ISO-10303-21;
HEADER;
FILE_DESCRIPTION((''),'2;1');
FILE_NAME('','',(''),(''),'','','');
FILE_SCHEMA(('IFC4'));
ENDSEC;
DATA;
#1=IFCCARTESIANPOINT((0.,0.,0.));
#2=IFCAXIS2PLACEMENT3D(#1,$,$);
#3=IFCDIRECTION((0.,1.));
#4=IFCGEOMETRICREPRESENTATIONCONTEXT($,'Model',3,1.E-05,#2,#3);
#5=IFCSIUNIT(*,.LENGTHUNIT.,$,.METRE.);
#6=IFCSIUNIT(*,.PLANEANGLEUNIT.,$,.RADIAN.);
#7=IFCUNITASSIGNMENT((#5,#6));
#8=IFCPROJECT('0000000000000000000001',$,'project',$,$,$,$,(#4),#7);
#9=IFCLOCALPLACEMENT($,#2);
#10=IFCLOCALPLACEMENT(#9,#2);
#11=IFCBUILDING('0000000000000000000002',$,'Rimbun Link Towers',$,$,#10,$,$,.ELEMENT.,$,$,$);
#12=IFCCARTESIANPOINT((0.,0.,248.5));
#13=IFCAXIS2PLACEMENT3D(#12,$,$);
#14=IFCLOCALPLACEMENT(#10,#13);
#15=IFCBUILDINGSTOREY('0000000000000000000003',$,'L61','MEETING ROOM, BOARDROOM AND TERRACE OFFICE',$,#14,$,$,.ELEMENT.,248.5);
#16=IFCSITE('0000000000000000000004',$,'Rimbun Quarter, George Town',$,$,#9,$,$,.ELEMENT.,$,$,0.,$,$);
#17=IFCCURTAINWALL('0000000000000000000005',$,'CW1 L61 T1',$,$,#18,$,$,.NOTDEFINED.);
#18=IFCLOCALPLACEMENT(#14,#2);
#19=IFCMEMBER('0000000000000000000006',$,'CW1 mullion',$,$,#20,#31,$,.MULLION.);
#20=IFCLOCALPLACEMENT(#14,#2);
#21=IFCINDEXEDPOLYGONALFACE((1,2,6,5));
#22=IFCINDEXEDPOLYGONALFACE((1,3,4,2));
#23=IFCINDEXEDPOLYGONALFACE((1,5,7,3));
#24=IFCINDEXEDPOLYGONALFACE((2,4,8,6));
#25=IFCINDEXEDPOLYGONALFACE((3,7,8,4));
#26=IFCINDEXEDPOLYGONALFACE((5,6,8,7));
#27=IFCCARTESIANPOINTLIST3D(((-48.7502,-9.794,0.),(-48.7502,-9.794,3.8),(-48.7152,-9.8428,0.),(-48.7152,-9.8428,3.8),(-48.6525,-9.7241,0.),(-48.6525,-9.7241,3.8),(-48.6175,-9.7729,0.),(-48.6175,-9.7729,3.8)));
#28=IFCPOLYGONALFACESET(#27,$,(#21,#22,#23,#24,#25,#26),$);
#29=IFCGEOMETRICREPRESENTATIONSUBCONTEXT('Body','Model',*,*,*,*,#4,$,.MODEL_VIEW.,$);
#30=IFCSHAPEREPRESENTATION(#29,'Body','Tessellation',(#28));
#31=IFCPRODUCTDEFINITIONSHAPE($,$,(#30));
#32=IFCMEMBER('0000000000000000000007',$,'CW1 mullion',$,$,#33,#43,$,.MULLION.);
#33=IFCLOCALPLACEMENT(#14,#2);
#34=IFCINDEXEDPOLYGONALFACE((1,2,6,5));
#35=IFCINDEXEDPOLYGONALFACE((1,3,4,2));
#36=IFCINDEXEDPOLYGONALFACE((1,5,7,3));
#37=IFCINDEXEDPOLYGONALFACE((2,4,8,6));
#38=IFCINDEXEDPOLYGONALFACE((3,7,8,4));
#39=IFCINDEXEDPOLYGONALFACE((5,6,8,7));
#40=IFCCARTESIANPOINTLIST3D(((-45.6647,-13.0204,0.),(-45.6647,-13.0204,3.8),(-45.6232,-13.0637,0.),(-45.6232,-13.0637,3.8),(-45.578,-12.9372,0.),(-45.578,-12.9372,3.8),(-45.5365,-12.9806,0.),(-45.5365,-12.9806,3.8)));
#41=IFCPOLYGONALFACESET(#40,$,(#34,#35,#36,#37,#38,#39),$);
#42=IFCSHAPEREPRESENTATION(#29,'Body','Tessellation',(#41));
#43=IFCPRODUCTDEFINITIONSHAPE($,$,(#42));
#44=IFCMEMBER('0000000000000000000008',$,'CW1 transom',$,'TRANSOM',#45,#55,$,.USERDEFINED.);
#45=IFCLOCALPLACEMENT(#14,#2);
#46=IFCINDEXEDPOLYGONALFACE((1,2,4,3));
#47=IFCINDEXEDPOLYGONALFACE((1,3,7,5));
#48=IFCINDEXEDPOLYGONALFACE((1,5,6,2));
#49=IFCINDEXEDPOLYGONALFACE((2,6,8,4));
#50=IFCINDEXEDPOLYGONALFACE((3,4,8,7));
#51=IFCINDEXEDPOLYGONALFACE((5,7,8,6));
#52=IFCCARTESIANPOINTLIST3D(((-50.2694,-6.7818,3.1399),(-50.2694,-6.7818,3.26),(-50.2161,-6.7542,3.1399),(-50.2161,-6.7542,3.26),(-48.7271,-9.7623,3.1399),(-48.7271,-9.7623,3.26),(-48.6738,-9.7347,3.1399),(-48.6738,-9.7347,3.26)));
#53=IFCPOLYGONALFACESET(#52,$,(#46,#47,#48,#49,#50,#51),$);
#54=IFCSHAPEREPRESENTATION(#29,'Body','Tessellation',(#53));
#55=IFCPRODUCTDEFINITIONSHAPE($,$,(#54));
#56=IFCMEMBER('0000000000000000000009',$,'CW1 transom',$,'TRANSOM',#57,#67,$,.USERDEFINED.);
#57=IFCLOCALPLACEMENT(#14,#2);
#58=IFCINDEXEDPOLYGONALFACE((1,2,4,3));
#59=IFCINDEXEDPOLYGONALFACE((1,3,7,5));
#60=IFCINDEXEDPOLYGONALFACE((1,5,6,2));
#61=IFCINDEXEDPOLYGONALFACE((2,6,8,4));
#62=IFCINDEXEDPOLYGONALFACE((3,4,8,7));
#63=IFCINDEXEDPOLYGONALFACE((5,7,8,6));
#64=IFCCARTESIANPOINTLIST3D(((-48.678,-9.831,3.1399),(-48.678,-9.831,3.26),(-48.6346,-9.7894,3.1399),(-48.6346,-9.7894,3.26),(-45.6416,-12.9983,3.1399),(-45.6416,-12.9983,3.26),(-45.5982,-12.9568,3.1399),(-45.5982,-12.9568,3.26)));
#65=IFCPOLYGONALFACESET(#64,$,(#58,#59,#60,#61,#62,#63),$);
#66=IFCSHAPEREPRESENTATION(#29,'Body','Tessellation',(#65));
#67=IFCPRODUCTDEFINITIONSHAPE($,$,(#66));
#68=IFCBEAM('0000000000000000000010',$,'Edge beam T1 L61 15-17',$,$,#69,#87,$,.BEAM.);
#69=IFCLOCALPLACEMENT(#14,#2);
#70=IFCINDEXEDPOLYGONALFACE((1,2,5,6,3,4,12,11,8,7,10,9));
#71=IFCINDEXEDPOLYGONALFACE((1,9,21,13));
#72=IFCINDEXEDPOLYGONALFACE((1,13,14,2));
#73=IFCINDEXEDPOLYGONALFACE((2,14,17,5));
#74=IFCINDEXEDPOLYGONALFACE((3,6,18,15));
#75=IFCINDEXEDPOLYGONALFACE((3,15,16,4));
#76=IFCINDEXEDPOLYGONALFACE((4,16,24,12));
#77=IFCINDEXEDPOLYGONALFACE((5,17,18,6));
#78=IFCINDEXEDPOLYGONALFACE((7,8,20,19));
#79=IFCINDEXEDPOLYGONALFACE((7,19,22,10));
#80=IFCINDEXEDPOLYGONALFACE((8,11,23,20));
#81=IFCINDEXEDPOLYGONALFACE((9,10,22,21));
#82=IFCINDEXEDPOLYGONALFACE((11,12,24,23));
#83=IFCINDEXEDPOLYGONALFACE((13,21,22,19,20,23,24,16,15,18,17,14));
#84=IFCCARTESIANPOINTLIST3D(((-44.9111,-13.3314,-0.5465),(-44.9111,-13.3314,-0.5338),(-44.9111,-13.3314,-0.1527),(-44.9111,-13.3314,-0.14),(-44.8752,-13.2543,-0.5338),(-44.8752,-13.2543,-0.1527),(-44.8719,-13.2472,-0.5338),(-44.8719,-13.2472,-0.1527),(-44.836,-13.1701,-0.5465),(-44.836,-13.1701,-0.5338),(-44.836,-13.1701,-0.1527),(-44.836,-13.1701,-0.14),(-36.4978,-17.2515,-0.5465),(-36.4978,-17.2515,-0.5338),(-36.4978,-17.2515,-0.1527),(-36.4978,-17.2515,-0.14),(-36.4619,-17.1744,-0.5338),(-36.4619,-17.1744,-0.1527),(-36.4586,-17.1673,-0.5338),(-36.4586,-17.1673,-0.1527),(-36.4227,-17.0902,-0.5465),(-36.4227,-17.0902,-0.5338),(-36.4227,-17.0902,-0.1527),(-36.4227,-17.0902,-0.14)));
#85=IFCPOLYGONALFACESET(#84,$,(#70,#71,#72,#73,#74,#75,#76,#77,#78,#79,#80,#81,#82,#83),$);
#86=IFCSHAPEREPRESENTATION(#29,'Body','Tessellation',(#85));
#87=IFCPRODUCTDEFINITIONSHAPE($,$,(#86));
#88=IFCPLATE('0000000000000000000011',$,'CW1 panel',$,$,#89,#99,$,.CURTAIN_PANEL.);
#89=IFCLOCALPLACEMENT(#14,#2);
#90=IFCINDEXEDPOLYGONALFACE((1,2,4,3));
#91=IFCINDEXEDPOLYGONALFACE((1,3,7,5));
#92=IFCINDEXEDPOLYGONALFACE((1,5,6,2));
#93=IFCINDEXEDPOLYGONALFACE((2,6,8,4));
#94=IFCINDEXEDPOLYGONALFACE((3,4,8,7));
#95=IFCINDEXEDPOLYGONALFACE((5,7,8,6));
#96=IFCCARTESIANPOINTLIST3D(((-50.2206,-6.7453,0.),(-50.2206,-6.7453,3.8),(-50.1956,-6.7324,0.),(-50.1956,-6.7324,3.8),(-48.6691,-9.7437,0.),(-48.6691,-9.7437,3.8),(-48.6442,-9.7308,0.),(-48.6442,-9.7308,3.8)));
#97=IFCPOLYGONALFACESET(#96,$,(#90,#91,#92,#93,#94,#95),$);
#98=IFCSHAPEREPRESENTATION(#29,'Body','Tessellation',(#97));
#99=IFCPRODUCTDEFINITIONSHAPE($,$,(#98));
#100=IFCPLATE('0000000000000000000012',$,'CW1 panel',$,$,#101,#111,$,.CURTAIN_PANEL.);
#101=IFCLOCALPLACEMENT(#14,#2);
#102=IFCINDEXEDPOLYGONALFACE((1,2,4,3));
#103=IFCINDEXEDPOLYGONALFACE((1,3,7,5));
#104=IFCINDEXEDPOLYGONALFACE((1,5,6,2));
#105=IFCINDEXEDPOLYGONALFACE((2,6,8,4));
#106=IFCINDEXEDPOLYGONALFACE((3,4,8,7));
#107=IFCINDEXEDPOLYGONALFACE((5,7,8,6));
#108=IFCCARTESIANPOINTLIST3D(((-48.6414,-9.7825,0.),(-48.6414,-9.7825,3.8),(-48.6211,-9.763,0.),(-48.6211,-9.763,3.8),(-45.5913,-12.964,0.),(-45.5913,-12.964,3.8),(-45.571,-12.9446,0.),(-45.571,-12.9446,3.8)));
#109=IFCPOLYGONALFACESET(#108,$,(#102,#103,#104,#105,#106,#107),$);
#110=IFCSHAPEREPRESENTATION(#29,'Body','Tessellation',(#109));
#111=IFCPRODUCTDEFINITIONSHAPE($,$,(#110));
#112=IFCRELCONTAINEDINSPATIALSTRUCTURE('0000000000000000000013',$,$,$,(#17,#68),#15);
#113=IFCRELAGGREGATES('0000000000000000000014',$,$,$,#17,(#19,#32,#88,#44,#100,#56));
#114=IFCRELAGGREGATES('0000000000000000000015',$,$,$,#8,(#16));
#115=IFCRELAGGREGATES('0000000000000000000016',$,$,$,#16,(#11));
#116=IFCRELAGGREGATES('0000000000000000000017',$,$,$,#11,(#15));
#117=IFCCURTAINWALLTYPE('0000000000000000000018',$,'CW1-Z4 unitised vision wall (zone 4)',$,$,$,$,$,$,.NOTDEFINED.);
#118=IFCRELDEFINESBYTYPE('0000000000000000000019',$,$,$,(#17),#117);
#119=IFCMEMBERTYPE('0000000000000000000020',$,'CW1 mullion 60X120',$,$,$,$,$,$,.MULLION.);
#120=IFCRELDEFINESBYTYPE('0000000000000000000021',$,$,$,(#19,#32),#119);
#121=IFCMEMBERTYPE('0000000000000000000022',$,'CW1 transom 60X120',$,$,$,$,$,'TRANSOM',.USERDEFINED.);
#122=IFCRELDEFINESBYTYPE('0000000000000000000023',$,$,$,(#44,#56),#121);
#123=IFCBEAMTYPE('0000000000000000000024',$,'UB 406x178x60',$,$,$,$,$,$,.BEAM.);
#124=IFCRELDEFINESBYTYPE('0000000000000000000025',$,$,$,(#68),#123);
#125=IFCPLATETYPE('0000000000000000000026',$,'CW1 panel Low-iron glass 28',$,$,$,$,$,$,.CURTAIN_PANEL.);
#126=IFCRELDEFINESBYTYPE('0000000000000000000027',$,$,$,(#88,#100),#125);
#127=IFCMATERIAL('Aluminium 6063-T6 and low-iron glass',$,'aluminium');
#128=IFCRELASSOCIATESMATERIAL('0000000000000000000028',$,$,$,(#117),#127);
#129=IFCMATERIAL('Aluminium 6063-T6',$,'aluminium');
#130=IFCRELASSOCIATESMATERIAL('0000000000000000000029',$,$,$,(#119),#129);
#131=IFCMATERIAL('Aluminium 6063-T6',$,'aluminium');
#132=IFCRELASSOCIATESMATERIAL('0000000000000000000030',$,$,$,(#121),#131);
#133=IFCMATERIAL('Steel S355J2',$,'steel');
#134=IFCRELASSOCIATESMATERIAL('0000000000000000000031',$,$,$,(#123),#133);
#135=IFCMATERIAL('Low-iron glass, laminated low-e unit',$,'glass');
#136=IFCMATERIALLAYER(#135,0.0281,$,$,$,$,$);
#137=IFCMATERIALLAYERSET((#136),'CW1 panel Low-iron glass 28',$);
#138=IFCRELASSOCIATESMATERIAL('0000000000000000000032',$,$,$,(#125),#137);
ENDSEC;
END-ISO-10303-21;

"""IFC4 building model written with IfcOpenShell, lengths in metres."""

from ifc_helpers import new_model, si_unit, direction, frame, origin, origin_2d, place, context, subcontext, project, spatial, rectangle, i_section, extrude, material, layer, layer_set, material_profile, profile_set, type_object, element, aggregate, save


model = new_model("IFC4")

# Units and contexts
model_context = context("Model", 3, precision=1e-05, world=origin(), true_north=direction((0.0, 1.0)))
body_context = subcontext(model_context, "Body", "Model", "MODEL_VIEW")
ifc_project = project(units=[si_unit("LENGTHUNIT", "METRE"), si_unit("PLANEANGLEUNIT", "RADIAN")], contexts=[model_context])

# Site, building, storey
site_placement = place(None, origin())
site = spatial("IfcSite", under=ifc_project, at=site_placement, Name="Rimbun Quarter, George Town", CompositionType="ELEMENT", RefElevation=0.0)
building_placement = place(site_placement, origin())
building = spatial("IfcBuilding", under=site, at=building_placement, Name="Rimbun Link Towers", CompositionType="ELEMENT")
storey_placement = place(building_placement, frame((0.0, 0.0, 248.5)))
storey = spatial("IfcBuildingStorey", under=building, at=storey_placement, Name="L61", Description="MEETING ROOM, BOARDROOM AND TERRACE OFFICE", CompositionType="ELEMENT", Elevation=248.5)

# Curtain wall, members
ifc_material_1 = material(Name="Aluminium 6063-T6 and low-iron glass", Category="aluminium")
curtain_wall_type = type_object("IfcCurtainWallType", Name="CW1-Z4 unitised vision wall (zone 4)", PredefinedType="NOTDEFINED", material=ifc_material_1)
curtain_wall_placement = place(storey_placement, origin())
curtain_wall = element("IfcCurtainWall", 1, at=curtain_wall_placement, inside=storey, type_object=curtain_wall_type, Name="CW1 L61 T1", PredefinedType="NOTDEFINED")
ifc_material_2 = material(Name="Aluminium 6063-T6", Category="aluminium")
ifc_material_profile_1 = material_profile(ifc_material_2, rectangle(XDim=0.1201, YDim=0.0601, at=origin_2d()), Name="MULLION 60X120")
ifc_profile_set_1 = profile_set([ifc_material_profile_1], Name="Aluminium 6063-T6")
member_type_1 = type_object("IfcMemberType", Name="CW1 mullion 60X120", PredefinedType="MULLION", material=ifc_profile_set_1)
member_1_placement = place(storey_placement, frame((-48.6838, -9.7834, 0.0), z_axis=(0.0, 0.0, 1.0), x_axis=(-0.813354, -0.581769, 0.0)))
member_1 = element("IfcMember", 2, at=member_1_placement, type_object=member_type_1, Name="CW1 mullion", PredefinedType="MULLION", context=body_context, shape_type="SweptSolid", body=[
    extrude(rectangle(XDim=0.1201, YDim=0.0601, at=origin_2d()), origin(), (0.0, 0.0, 1.0), 3.8),
])
member_2_placement = place(storey_placement, frame((-45.6006, -13.0005, 0.0), z_axis=(0.0, 0.0, 1.0), x_axis=(-0.721858, -0.692041, 0.0)))
member_2 = element("IfcMember", 3, at=member_2_placement, type_object=member_type_1, Name="CW1 mullion", PredefinedType="MULLION", context=body_context, shape_type="SweptSolid", body=[
    extrude(rectangle(XDim=0.1201, YDim=0.0601, at=origin_2d()), origin(), (0.0, 0.0, 1.0), 3.8),
])
ifc_material_3 = material(Name="Aluminium 6063-T6", Category="aluminium")
ifc_material_profile_2 = material_profile(ifc_material_3, rectangle(XDim=0.0601, YDim=0.1201, at=origin_2d()), Name="TRANSOM 60X120")
ifc_profile_set_2 = profile_set([ifc_material_profile_2], Name="Aluminium 6063-T6")
member_type_2 = type_object("IfcMemberType", Name="CW1 transom 60X120", ElementType="TRANSOM", PredefinedType="USERDEFINED", material=ifc_profile_set_2)
member_3_placement = place(storey_placement, frame((-48.7004, -9.7485, 3.2), z_axis=(-0.459567, 0.888143, 0.0), x_axis=(-0.888143, -0.459567, 0.0)))
member_3 = element("IfcMember", 4, at=member_3_placement, type_object=member_type_2, Name="CW1 transom", ObjectType="TRANSOM", PredefinedType="USERDEFINED", context=body_context, shape_type="SweptSolid", body=[
    extrude(rectangle(XDim=0.0601, YDim=0.1201, at=origin_2d()), origin(), (0.0, 0.0, 1.0), 3.356),
])
member_4_placement = place(storey_placement, frame((-45.6199, -12.9775, 3.2), z_axis=(-0.692037, 0.721862, 0.0), x_axis=(-0.721862, -0.692037, 0.0)))
member_4 = element("IfcMember", 5, at=member_4_placement, type_object=member_type_2, Name="CW1 transom", ObjectType="TRANSOM", PredefinedType="USERDEFINED", context=body_context, shape_type="SweptSolid", body=[
    extrude(rectangle(XDim=0.0601, YDim=0.1201, at=origin_2d()), origin(), (0.0, 0.0, 1.0), 4.3877),
])

# Beam
ifc_material_4 = material(Name="Steel S355J2", Category="steel")
ifc_material_profile_3 = material_profile(ifc_material_4, i_section(OverallWidth=0.178, OverallDepth=0.4065, WebThickness=0.0078, FlangeThickness=0.0127, at=origin_2d()), Name="UB 406x178x60")
ifc_profile_set_3 = profile_set([ifc_material_profile_3], Name="Steel S355J2")
beam_type = type_object("IfcBeamType", Name="UB 406x178x60", PredefinedType="BEAM", material=ifc_profile_set_3)
beam_placement = place(storey_placement, frame((-44.8735, -13.2507, -0.3433), z_axis=(0.906433, -0.42235, 0.0), x_axis=(0.42235, 0.906433, 0.0)))
element("IfcBeam", 6, at=beam_placement, inside=storey, type_object=beam_type, Name="Edge beam T1 L61 15-17", PredefinedType="BEAM", context=body_context, shape_type="SweptSolid", body=[
    extrude(i_section(OverallWidth=0.178, OverallDepth=0.4065, WebThickness=0.0078, FlangeThickness=0.0127, at=origin_2d()), origin(), (0.0, 0.0, 1.0), 9.2817),
])

# Plates
ifc_material_5 = material(Name="Low-iron glass, laminated low-e unit", Category="glass")
ifc_layer_1 = layer(ifc_material_5, 0.0281)
ifc_layer_set_1 = layer_set([ifc_layer_1], Name="CW1 panel Low-iron glass 28")
plate_type = type_object("IfcPlateType", Name="CW1 panel Low-iron glass 28", PredefinedType="CURTAIN_PANEL", material=ifc_layer_set_1)
plate_1_placement = place(storey_placement, frame((-49.4324, -8.238, 0.0), z_axis=(0.0, 0.0, 1.0), x_axis=(-0.459552, 0.888151, 0.0)))
plate_1 = element("IfcPlate", 7, at=plate_1_placement, type_object=plate_type, Name="CW1 panel", PredefinedType="CURTAIN_PANEL", context=body_context, shape_type="SweptSolid", body=[
    extrude(rectangle(XDim=3.376, YDim=0.0281, at=origin_2d()), origin(), (0.0, 0.0, 1.0), 3.8),
])
plate_2_placement = place(storey_placement, frame((-47.1062, -11.3635, 0.0), z_axis=(0.0, 0.0, 1.0), x_axis=(-0.692041, 0.721858, 0.0)))
plate_2 = element("IfcPlate", 8, at=plate_2_placement, type_object=plate_type, Name="CW1 panel", PredefinedType="CURTAIN_PANEL", context=body_context, shape_type="SweptSolid", body=[
    extrude(rectangle(XDim=4.4075, YDim=0.0281, at=origin_2d()), origin(), (0.0, 0.0, 1.0), 3.8),
])
aggregate(curtain_wall, [member_1, member_2, plate_1, member_3, plate_2, member_4])

save(model, "model.ifc")
